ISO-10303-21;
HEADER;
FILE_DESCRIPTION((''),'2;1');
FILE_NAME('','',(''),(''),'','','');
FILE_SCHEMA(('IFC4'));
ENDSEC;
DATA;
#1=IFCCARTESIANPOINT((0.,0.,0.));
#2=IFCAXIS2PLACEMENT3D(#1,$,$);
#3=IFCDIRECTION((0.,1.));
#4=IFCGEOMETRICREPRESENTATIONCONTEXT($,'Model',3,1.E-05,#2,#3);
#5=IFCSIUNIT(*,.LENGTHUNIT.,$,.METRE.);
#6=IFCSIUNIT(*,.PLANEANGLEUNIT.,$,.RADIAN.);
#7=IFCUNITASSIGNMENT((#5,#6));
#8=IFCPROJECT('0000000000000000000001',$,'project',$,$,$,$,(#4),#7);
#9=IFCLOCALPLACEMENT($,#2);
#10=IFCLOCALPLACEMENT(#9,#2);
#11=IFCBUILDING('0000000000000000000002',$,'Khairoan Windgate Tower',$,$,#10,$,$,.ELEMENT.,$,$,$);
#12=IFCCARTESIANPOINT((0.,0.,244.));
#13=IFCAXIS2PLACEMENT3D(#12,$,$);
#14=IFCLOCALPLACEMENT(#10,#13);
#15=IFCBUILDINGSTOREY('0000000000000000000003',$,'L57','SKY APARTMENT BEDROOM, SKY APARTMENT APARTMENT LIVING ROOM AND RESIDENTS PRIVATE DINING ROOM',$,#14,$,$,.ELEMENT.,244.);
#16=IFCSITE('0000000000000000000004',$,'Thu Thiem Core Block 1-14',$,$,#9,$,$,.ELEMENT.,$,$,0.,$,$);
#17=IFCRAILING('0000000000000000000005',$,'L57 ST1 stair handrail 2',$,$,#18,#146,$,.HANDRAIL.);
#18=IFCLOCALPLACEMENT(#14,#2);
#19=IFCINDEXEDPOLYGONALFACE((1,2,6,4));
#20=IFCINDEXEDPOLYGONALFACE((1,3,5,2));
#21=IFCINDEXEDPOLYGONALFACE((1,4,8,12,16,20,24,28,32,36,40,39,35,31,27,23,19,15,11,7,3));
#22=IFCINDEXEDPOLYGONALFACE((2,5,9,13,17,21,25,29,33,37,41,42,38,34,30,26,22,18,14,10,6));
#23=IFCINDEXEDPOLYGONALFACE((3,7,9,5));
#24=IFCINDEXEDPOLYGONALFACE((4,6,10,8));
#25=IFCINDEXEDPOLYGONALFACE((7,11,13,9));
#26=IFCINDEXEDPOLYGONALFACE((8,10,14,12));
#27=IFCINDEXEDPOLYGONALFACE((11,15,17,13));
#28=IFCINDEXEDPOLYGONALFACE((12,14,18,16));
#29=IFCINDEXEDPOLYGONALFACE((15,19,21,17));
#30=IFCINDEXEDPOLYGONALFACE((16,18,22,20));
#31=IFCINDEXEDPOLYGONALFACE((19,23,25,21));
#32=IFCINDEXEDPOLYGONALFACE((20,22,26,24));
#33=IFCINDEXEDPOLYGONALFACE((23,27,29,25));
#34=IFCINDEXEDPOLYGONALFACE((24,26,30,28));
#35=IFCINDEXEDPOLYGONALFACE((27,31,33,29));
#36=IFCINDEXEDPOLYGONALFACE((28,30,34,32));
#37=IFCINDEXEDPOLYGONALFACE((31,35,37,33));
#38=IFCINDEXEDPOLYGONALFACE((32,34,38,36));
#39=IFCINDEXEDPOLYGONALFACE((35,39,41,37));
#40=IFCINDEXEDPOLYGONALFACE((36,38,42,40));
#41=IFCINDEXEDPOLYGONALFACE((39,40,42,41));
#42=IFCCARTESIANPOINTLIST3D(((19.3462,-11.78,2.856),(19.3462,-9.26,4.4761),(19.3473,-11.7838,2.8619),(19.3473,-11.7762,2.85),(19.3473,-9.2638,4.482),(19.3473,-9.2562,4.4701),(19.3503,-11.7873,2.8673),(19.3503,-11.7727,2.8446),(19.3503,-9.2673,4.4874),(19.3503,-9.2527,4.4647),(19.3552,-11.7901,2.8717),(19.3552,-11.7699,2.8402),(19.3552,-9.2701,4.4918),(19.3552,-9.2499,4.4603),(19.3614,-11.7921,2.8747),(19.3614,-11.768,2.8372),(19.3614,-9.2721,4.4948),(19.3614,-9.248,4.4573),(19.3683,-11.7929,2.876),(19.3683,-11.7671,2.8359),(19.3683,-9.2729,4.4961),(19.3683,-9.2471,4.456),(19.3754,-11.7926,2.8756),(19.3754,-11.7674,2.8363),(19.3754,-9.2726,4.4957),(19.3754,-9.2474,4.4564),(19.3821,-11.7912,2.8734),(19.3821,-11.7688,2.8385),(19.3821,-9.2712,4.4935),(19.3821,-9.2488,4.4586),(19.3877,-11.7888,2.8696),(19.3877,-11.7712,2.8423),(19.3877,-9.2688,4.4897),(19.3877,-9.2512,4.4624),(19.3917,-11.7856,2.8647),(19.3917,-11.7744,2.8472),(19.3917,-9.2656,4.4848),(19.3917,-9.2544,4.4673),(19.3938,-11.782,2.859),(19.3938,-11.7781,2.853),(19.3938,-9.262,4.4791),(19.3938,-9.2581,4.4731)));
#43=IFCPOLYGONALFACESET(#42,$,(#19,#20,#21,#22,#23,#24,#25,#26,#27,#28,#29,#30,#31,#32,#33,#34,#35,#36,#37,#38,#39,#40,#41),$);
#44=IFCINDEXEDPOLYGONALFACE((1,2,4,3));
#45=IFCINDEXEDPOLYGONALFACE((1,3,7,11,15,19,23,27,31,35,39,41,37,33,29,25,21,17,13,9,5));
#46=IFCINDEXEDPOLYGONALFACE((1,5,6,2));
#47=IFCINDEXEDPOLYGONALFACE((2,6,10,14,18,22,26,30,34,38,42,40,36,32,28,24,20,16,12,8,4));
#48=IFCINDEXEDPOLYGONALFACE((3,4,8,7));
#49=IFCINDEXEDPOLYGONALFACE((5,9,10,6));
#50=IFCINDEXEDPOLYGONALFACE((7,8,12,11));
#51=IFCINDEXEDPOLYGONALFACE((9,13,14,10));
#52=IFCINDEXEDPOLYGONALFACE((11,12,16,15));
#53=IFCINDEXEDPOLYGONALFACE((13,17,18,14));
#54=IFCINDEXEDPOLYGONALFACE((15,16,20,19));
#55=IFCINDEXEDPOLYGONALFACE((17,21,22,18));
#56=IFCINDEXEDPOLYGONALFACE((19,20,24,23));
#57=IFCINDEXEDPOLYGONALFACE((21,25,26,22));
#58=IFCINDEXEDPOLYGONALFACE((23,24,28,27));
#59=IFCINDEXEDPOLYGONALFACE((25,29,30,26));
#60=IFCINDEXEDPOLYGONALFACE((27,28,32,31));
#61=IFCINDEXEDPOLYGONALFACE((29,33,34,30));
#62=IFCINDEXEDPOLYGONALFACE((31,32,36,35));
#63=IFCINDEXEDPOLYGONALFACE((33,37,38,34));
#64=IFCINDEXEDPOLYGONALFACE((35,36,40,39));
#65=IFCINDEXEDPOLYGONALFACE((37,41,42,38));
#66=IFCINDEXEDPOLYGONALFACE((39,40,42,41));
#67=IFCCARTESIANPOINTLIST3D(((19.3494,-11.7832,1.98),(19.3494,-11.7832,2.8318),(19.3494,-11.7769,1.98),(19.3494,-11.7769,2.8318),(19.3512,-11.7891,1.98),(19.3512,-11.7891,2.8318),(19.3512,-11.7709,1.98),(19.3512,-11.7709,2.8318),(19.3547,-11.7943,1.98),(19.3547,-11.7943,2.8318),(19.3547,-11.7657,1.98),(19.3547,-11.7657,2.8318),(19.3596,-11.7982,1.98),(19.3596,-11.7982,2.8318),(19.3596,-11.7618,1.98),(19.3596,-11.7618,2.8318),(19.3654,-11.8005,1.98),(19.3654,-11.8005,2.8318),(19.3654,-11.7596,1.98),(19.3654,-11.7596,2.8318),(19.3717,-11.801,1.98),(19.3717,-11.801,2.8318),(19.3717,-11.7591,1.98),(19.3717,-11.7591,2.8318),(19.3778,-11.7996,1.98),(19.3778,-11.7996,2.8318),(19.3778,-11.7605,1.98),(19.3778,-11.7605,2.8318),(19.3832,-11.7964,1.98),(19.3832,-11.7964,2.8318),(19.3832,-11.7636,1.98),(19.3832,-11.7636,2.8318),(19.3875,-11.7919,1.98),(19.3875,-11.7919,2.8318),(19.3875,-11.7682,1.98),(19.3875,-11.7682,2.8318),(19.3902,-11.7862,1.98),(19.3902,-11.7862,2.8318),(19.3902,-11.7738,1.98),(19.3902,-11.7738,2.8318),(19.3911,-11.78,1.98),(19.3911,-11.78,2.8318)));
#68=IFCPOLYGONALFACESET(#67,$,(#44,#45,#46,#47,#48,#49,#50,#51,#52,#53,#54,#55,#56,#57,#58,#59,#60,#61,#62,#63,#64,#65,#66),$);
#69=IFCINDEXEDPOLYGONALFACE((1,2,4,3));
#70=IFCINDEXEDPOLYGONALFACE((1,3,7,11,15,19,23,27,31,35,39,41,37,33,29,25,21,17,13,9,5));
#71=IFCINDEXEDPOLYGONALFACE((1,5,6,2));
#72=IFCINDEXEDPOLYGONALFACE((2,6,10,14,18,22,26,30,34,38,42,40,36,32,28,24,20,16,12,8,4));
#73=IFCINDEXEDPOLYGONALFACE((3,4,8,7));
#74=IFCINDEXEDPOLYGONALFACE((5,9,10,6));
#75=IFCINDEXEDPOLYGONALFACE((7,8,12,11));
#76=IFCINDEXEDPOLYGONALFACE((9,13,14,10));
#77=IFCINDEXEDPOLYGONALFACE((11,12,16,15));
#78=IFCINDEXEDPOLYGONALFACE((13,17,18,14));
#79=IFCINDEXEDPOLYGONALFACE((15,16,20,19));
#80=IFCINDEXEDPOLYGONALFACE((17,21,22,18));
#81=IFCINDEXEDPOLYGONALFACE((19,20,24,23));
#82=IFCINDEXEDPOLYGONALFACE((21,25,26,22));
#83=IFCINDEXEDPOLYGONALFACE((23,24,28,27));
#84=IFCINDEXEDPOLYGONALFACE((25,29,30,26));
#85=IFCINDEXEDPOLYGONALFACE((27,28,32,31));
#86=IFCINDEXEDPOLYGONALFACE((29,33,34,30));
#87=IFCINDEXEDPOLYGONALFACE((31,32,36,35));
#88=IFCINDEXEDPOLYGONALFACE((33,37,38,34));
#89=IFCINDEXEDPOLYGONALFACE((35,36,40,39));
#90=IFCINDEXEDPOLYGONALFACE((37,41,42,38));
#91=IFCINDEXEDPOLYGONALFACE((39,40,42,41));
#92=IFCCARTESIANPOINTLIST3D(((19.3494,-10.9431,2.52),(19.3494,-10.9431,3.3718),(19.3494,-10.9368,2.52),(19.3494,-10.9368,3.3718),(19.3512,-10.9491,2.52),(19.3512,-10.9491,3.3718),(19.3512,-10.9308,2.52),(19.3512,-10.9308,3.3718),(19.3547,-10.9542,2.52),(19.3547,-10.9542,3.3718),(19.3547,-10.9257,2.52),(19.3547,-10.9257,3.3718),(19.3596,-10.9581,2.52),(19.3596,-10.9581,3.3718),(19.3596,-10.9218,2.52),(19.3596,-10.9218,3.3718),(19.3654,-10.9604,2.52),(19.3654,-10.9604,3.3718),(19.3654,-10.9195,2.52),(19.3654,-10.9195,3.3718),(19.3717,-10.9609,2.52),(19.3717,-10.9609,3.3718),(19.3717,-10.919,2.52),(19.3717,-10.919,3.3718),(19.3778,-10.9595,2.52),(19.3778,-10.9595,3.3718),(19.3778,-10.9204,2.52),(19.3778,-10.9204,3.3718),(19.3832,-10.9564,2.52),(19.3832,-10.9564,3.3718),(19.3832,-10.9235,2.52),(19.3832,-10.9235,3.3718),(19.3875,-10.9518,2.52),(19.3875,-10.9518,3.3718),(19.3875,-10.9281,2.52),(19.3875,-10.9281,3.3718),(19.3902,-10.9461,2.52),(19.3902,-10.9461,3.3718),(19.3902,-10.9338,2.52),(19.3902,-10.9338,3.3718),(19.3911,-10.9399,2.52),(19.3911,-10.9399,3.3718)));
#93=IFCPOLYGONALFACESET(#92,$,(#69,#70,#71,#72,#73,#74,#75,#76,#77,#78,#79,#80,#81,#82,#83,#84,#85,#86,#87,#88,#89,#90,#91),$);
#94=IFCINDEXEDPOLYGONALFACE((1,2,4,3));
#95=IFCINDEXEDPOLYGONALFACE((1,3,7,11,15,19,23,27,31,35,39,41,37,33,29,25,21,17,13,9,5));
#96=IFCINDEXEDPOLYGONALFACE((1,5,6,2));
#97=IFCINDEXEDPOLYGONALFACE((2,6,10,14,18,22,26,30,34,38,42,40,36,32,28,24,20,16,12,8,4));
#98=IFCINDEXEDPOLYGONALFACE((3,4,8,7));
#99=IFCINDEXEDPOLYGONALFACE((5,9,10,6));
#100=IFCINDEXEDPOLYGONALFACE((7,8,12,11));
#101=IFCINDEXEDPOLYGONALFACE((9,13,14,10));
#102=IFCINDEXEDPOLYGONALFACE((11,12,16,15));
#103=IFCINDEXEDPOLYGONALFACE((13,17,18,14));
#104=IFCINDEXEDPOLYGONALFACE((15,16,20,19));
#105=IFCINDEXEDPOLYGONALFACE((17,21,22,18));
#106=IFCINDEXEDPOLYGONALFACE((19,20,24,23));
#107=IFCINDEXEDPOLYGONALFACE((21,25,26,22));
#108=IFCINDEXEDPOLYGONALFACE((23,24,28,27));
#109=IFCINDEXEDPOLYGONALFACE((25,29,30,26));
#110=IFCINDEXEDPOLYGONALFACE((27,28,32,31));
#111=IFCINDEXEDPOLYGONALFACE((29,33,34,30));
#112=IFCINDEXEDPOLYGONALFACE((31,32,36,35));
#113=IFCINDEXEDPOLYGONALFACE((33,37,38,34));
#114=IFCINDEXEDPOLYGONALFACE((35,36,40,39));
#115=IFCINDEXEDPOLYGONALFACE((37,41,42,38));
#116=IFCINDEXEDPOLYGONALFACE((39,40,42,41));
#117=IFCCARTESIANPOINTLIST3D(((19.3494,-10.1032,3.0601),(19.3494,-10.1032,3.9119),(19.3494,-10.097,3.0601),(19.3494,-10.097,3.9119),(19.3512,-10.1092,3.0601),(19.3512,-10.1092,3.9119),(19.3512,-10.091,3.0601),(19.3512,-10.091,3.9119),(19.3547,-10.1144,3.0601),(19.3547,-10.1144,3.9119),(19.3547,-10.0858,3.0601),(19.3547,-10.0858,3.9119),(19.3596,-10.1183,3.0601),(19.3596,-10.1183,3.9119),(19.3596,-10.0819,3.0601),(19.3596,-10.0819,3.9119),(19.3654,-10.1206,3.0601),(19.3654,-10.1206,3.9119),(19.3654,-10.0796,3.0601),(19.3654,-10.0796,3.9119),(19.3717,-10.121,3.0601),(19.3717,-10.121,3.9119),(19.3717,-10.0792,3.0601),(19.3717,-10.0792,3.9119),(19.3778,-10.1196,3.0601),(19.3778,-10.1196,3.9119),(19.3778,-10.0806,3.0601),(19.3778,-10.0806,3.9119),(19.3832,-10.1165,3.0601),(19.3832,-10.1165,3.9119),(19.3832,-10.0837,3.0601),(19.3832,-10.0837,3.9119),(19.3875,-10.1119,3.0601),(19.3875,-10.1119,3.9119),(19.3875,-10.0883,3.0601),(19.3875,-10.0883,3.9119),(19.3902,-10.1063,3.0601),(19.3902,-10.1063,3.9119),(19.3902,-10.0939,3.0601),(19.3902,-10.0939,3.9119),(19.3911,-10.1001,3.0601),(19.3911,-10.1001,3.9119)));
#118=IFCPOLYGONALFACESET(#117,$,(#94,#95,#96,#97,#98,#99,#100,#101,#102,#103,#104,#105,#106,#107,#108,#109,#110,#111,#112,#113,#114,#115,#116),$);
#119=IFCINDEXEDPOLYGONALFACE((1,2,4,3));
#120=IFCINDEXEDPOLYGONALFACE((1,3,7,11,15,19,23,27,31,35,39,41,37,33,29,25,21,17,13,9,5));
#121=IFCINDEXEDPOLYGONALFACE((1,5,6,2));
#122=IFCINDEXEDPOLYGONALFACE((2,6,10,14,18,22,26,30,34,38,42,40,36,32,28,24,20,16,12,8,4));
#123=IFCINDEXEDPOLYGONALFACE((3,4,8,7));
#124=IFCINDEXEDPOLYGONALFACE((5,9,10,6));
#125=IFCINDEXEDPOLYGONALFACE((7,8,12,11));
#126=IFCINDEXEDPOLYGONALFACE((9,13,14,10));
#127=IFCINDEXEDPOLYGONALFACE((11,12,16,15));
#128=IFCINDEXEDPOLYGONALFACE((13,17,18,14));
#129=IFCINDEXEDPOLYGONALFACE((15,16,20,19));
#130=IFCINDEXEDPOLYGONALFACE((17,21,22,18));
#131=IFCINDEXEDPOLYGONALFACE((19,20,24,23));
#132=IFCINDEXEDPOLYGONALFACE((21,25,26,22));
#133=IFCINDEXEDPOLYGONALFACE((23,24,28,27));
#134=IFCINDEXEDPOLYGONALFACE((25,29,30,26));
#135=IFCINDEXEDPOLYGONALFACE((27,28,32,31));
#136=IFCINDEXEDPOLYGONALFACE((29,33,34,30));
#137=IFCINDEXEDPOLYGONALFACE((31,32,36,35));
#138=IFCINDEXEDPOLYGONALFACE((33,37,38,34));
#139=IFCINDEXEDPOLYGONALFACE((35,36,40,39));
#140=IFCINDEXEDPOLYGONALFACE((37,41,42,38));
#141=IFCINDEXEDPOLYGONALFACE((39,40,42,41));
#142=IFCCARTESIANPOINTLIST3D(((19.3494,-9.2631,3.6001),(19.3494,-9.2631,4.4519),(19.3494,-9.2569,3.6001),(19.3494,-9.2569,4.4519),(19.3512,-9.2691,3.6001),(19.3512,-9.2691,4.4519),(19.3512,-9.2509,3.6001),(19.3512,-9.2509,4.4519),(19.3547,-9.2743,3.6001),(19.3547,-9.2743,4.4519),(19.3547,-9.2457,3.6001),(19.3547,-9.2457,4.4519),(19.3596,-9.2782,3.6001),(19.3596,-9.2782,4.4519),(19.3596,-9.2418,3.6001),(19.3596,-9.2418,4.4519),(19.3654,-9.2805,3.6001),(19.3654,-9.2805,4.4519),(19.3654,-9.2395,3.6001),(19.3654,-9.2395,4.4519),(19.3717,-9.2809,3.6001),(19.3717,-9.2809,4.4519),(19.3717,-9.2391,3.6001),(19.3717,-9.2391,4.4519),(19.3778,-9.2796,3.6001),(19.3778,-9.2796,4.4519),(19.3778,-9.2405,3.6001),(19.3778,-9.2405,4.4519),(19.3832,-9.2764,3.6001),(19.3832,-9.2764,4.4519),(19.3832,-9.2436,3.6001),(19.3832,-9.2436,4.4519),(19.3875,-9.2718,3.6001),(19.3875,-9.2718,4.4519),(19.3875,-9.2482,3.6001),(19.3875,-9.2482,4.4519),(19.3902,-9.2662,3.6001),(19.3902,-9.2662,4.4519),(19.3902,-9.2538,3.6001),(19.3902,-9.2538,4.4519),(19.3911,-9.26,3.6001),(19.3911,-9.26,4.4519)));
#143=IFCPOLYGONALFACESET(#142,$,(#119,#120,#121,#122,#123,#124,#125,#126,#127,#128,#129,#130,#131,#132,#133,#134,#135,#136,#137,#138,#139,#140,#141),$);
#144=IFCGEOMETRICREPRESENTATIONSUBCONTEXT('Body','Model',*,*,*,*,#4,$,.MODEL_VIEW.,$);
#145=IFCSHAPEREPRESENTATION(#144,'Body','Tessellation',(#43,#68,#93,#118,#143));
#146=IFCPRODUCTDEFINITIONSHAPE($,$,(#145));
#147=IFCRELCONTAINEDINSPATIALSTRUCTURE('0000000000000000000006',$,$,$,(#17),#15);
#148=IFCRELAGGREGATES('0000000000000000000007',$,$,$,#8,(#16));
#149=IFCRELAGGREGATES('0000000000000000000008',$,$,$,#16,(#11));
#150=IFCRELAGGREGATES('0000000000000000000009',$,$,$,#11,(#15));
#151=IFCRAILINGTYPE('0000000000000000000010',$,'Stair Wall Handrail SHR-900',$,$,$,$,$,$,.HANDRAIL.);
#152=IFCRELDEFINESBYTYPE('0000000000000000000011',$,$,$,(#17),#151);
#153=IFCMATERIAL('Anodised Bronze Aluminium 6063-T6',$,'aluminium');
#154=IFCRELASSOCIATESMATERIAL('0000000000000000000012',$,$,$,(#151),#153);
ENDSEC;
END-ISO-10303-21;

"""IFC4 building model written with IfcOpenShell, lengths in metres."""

from ifc_helpers import new_model, si_unit, direction, frame, origin, origin_2d, place, context, subcontext, project, spatial, circle, extrude, material, type_object, element, save


model = new_model("IFC4")

# Units and contexts
model_context = context("Model", 3, precision=1e-05, world=origin(), true_north=direction((0.0, 1.0)))
body_context = subcontext(model_context, "Body", "Model", "MODEL_VIEW")
ifc_project = project(units=[si_unit("LENGTHUNIT", "METRE"), si_unit("PLANEANGLEUNIT", "RADIAN")], contexts=[model_context])

# Site, building, storey
site_placement = place(None, origin())
site = spatial("IfcSite", under=ifc_project, at=site_placement, Name="Thu Thiem Core Block 1-14", CompositionType="ELEMENT", RefElevation=0.0)
building_placement = place(site_placement, origin())
building = spatial("IfcBuilding", under=site, at=building_placement, Name="Khairoan Windgate Tower", CompositionType="ELEMENT")
storey_placement = place(building_placement, frame((0.0, 0.0, 244.0)))
storey = spatial("IfcBuildingStorey", under=building, at=storey_placement, Name="L57", Description="SKY APARTMENT BEDROOM, SKY APARTMENT APARTMENT LIVING ROOM AND RESIDENTS PRIVATE DINING ROOM", CompositionType="ELEMENT", Elevation=244.0)

# Railing
ifc_material_1 = material(Name="Anodised Bronze Aluminium 6063-T6", Category="aluminium")
railing_type_1 = type_object("IfcRailingType", Name="Stair Wall Handrail SHR-900", PredefinedType="HANDRAIL", material=ifc_material_1)
railing_1_placement = place(storey_placement, frame((19.3701, -11.78, 1.98)))
element("IfcRailing", 1, at=railing_1_placement, inside=storey, type_object=railing_type_1, Name="L57 ST1 stair handrail 2", PredefinedType="HANDRAIL", context=body_context, shape_type="SweptSolid", body=[
    extrude(circle(Radius=0.0239, at=origin_2d()), frame((0.0, 0.0, 0.876), z_axis=(0.0, 0.841163, 0.540782), x_axis=(-1.0, 0.0, 0.0)), (0.0, 0.0, 1.0), 2.9958),
    extrude(circle(Radius=0.021, at=origin_2d()), origin(), (0.0, 0.0, 1.0), 0.8518),
    extrude(circle(Radius=0.021, at=origin_2d()), frame((0.0, 0.8401, 0.54)), (0.0, 0.0, 1.0), 0.8518),
    extrude(circle(Radius=0.021, at=origin_2d()), frame((0.0, 1.6799, 1.0801)), (0.0, 0.0, 1.0), 0.8518),
    extrude(circle(Radius=0.021, at=origin_2d()), frame((0.0, 2.52, 1.6201)), (0.0, 0.0, 1.0), 0.8518),
])

save(model, "model.ifc")
